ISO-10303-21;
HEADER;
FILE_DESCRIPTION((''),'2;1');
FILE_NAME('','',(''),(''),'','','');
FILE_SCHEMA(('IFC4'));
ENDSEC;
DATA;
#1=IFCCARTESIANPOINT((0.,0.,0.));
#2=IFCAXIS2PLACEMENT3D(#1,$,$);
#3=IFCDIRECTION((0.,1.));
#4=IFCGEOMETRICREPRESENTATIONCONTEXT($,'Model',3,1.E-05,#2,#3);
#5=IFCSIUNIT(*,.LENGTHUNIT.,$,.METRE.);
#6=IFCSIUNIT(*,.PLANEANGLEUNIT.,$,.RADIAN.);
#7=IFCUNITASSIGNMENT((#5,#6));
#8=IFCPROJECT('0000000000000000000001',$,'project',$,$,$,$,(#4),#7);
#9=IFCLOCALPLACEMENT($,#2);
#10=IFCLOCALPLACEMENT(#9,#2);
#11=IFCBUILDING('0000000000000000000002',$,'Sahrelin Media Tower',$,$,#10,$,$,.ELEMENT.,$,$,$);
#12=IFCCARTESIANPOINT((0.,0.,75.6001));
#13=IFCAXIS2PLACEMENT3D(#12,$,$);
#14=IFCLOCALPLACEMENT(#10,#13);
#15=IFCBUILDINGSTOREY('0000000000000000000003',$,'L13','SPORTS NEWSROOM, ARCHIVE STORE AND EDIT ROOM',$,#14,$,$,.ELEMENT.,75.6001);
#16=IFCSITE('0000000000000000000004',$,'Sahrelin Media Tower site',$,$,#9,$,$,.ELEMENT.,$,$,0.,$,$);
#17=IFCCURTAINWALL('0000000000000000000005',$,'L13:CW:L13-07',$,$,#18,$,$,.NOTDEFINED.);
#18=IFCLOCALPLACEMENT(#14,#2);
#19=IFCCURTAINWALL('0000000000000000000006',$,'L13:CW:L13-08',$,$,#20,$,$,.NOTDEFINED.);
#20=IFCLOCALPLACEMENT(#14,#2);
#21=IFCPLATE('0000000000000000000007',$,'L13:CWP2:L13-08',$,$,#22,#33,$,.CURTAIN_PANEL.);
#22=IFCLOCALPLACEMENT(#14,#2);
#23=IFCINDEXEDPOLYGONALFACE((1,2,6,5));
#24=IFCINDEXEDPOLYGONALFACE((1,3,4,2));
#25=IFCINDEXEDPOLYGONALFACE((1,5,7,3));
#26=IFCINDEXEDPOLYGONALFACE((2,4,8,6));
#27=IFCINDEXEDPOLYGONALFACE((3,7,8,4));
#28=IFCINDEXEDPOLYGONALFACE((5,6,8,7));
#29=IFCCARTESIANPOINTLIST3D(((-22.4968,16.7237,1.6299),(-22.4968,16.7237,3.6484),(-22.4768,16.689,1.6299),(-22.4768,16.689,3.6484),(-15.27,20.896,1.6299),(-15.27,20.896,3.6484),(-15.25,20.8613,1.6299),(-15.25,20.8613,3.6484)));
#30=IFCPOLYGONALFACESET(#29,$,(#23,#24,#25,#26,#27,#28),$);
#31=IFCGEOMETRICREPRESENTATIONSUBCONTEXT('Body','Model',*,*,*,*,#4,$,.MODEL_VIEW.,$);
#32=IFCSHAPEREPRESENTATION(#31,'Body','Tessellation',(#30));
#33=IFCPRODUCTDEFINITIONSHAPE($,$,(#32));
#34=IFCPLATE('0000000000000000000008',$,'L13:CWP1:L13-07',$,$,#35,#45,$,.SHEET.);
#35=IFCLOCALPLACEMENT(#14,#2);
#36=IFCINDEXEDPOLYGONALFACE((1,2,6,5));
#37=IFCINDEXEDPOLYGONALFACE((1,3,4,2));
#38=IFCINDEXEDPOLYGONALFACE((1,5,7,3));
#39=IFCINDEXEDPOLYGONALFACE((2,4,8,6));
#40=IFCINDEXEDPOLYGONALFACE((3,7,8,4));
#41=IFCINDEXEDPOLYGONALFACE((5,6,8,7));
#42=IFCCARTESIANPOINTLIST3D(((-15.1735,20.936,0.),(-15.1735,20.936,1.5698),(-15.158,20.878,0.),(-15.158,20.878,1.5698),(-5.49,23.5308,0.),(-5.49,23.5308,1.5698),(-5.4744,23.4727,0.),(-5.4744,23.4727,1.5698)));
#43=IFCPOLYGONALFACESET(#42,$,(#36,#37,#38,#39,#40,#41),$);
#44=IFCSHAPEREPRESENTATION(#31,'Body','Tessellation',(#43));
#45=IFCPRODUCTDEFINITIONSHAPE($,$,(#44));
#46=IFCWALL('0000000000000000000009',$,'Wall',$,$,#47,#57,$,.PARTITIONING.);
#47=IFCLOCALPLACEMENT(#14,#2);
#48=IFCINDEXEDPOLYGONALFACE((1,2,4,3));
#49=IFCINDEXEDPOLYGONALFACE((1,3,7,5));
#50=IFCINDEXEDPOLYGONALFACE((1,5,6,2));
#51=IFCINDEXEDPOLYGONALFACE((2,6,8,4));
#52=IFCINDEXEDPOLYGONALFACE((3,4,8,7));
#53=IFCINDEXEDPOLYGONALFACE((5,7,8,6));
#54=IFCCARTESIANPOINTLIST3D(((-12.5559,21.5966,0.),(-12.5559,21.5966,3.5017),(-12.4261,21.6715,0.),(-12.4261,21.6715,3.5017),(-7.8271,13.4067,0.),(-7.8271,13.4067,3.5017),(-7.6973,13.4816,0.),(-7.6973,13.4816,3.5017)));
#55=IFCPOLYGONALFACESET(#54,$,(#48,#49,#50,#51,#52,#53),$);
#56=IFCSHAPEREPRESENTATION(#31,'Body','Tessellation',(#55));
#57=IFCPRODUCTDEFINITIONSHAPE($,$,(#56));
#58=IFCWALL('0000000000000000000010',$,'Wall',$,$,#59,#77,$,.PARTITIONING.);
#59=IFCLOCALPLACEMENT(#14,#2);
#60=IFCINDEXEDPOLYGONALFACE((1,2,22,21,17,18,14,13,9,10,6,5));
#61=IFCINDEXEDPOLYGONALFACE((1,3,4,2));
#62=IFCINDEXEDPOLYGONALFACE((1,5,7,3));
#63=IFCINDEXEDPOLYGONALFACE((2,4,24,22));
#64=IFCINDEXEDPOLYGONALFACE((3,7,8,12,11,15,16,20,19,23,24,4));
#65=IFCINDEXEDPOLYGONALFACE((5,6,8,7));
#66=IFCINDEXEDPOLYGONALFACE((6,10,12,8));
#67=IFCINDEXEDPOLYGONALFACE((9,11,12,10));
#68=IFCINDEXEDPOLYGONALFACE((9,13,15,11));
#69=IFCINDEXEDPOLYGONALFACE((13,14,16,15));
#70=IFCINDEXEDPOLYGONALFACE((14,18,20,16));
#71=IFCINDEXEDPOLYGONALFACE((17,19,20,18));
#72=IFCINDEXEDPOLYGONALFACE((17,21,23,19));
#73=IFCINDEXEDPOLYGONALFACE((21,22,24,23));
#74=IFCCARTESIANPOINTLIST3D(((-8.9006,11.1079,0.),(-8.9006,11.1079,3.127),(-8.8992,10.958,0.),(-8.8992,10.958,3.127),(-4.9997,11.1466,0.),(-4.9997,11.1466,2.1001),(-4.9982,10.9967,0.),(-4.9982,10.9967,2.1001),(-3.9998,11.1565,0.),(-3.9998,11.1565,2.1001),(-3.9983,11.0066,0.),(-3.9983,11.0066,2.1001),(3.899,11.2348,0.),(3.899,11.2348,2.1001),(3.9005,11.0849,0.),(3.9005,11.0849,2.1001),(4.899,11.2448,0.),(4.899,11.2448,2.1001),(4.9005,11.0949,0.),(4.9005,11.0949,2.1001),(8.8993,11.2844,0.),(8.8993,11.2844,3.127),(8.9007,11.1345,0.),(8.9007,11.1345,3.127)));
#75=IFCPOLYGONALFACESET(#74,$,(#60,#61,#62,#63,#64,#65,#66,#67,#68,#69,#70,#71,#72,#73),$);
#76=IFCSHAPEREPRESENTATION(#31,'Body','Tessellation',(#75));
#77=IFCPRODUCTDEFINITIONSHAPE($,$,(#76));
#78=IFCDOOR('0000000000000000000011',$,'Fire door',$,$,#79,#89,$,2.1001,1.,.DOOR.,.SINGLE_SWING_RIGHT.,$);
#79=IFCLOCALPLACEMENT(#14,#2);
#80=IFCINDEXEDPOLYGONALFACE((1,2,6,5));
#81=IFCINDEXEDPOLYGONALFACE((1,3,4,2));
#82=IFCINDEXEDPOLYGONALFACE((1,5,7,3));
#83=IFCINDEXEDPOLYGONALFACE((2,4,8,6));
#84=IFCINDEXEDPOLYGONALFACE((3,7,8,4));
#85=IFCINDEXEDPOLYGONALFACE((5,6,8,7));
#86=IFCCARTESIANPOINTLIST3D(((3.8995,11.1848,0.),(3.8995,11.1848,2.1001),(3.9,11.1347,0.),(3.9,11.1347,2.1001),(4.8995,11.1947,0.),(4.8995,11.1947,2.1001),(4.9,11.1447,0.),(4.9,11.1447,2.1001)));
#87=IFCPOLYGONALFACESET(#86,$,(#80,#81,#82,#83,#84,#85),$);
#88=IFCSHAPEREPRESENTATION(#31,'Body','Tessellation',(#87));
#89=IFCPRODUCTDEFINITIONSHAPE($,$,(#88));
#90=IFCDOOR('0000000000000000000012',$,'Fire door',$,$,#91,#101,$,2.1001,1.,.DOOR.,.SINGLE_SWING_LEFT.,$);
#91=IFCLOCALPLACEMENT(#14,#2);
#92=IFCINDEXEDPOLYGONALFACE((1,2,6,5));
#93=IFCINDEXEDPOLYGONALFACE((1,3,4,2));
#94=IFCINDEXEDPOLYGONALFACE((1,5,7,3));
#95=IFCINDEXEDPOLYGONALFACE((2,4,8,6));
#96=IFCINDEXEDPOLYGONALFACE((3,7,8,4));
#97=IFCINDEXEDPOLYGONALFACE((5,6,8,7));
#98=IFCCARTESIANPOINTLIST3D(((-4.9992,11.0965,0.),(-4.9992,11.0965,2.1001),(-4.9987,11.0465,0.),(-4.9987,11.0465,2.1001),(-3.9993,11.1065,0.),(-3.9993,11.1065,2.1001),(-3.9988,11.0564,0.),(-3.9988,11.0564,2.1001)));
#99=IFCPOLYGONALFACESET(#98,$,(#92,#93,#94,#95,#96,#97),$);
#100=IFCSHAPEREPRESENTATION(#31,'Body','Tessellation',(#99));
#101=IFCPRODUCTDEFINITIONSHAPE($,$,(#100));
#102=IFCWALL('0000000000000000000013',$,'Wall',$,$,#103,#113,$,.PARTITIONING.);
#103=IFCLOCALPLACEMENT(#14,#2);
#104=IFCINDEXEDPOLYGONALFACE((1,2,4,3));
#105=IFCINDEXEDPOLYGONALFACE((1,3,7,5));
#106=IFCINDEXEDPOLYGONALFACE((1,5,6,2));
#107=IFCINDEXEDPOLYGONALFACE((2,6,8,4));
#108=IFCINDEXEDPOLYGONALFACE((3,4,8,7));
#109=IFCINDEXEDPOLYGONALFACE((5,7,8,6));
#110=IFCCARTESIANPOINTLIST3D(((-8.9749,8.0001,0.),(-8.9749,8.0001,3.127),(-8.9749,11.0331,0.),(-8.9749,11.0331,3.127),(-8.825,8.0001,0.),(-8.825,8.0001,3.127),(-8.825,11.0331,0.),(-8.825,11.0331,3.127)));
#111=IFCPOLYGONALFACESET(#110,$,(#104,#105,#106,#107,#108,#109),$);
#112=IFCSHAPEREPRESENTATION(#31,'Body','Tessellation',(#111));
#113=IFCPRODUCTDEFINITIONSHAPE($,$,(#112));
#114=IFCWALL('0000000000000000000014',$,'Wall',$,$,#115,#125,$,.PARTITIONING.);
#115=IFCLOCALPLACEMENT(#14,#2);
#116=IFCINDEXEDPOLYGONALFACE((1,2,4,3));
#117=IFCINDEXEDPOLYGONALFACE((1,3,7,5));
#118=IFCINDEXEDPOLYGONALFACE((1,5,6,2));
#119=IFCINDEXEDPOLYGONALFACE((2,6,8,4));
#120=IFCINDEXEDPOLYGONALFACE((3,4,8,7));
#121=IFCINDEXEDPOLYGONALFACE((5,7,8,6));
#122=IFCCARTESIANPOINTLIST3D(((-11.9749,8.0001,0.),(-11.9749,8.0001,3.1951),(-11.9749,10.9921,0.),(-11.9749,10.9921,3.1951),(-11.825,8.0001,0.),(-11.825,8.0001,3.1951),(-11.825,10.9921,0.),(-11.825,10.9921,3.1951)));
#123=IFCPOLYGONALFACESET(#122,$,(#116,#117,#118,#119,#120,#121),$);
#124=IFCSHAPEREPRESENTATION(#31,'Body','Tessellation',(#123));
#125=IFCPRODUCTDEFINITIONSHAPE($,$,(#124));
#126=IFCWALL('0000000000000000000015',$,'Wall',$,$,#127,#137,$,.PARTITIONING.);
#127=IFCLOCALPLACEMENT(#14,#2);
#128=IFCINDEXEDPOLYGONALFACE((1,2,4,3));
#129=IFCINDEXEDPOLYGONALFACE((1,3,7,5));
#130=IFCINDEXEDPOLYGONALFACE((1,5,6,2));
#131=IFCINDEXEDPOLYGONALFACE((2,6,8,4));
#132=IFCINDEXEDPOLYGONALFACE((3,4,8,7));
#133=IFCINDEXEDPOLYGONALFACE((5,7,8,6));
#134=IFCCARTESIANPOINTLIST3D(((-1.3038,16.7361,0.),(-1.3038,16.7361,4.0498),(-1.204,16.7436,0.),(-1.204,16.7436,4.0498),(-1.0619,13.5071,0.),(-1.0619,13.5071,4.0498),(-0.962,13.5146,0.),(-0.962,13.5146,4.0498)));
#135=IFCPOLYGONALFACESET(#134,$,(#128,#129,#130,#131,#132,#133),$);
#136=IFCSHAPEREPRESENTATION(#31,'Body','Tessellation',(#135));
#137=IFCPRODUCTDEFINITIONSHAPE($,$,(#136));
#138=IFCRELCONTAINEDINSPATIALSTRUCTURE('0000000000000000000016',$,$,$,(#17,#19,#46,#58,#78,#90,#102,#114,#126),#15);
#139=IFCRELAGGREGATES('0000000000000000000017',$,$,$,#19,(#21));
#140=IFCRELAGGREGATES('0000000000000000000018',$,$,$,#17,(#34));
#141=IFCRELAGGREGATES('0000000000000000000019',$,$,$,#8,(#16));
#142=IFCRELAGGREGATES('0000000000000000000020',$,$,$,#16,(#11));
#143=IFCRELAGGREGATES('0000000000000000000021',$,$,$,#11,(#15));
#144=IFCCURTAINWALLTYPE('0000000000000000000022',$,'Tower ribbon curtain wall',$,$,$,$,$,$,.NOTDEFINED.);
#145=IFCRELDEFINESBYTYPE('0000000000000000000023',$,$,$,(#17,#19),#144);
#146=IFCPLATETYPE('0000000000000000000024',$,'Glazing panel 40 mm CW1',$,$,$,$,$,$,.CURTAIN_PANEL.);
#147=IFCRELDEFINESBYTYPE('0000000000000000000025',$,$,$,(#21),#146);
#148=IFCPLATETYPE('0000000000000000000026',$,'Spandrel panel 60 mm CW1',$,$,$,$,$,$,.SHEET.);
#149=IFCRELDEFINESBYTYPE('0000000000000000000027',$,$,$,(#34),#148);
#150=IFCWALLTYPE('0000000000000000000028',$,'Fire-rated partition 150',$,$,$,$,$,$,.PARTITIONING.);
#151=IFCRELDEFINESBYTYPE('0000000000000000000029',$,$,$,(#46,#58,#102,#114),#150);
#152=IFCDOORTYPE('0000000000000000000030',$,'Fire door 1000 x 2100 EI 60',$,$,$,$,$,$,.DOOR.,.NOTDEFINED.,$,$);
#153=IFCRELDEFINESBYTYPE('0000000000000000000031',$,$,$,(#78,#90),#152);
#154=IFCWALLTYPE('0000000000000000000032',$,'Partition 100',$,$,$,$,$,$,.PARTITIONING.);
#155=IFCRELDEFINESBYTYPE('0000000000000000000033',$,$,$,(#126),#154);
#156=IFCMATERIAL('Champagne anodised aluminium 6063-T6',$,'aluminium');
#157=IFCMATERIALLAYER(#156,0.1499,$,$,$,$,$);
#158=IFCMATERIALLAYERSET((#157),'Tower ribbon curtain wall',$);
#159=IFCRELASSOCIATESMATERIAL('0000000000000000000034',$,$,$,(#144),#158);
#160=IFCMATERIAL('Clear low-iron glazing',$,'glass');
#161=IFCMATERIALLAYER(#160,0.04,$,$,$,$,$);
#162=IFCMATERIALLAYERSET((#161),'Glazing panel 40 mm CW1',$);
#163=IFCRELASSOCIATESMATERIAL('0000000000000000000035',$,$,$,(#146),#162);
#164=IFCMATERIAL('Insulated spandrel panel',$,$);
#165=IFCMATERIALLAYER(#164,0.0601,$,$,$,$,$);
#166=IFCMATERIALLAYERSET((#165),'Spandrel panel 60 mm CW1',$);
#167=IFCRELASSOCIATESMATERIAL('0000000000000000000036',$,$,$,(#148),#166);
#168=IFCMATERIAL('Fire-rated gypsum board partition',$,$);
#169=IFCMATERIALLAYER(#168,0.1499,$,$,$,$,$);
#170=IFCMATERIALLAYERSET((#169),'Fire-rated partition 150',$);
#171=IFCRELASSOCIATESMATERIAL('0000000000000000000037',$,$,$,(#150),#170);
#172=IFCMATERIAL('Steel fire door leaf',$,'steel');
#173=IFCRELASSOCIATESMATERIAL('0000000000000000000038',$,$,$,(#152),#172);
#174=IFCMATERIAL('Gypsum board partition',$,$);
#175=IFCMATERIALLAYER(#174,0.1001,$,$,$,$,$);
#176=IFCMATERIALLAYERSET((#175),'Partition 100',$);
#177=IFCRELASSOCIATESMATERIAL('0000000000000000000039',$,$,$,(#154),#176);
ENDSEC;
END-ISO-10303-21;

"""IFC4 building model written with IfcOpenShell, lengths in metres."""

from ifc_helpers import new_model, si_unit, direction, frame, frame_2d, origin, place, context, subcontext, project, spatial, polyline, rectangle, outline, extrude, material, layer, layer_set, type_object, element, fill, aggregate, save


model = new_model("IFC4")

# Units and contexts
model_context = context("Model", 3, precision=1e-05, world=origin(), true_north=direction((0.0, 1.0)))
body_context = subcontext(model_context, "Body", "Model", "MODEL_VIEW")
ifc_project = project(units=[si_unit("LENGTHUNIT", "METRE"), si_unit("PLANEANGLEUNIT", "RADIAN")], contexts=[model_context])

# Site, building, storey
site_placement = place(None, origin())
site = spatial("IfcSite", under=ifc_project, at=site_placement, Name="Sahrelin Media Tower site", CompositionType="ELEMENT", RefElevation=0.0)
building_placement = place(site_placement, origin())
building = spatial("IfcBuilding", under=site, at=building_placement, Name="Sahrelin Media Tower", CompositionType="ELEMENT")
storey_placement = place(building_placement, frame((0.0, 0.0, 75.6001)))
storey = spatial("IfcBuildingStorey", under=building, at=storey_placement, Name="L13", Description="SPORTS NEWSROOM, ARCHIVE STORE AND EDIT ROOM", CompositionType="ELEMENT", Elevation=75.6001)

# Curtain wall
ifc_material_1 = material(Name="Champagne anodised aluminium 6063-T6", Category="aluminium")
ifc_layer_1 = layer(ifc_material_1, 0.1499)
ifc_layer_set_1 = layer_set([ifc_layer_1], Name="Tower ribbon curtain wall")
curtain_wall_type = type_object("IfcCurtainWallType", Name="Tower ribbon curtain wall", PredefinedType="NOTDEFINED", material=ifc_layer_set_1)
curtain_wall_1_placement = place(storey_placement, frame((-10.3267, 22.2141, 0.0), z_axis=(0.0, 0.0, 1.0), x_axis=(1.0, 0.0, 0.0)))
curtain_wall_1 = element("IfcCurtainWall", 1, at=curtain_wall_1_placement, inside=storey, type_object=curtain_wall_type, Name="L13:CW:L13-07", PredefinedType="NOTDEFINED")

# Curtain wall
curtain_wall_2_placement = place(storey_placement, frame((-18.8733, 18.7925, 0.0), z_axis=(0.0, 0.0, 1.0), x_axis=(1.0, 0.0, 0.0)))
curtain_wall_2 = element("IfcCurtainWall", 2, at=curtain_wall_2_placement, inside=storey, type_object=curtain_wall_type, Name="L13:CW:L13-08", PredefinedType="NOTDEFINED")

# Plates
ifc_material_2 = material(Name="Clear low-iron glazing", Category="glass")
ifc_layer_2 = layer(ifc_material_2, 0.04)
ifc_layer_set_2 = layer_set([ifc_layer_2], Name="Glazing panel 40 mm CW1")
plate_type_1 = type_object("IfcPlateType", Name="Glazing panel 40 mm CW1", PredefinedType="CURTAIN_PANEL", material=ifc_layer_set_2)
plate_1_placement = place(storey_placement, frame((-15.27, 20.896, 1.6299), z_axis=(-0.499997, 0.866027, 0.0), x_axis=(-0.866027, -0.499997, 0.0)))
plate_1 = element("IfcPlate", 3, at=plate_1_placement, type_object=plate_type_1, Name="L13:CWP2:L13-08", PredefinedType="CURTAIN_PANEL", context=body_context, shape_type="SweptSolid", body=[
    extrude(outline(polyline([(0.0, 0.0), (8.3447, 0.0), (8.3447, 2.0186), (0.0, 2.0186), (0.0, 0.0)])), origin(), (0.0, 0.0, -1.0), 0.04),
])
aggregate(curtain_wall_2, [plate_1])
ifc_material_3 = material(Name="Insulated spandrel panel")
ifc_layer_3 = layer(ifc_material_3, 0.0601)
ifc_layer_set_3 = layer_set([ifc_layer_3], Name="Spandrel panel 60 mm CW1")
plate_type_2 = type_object("IfcPlateType", Name="Spandrel panel 60 mm CW1", PredefinedType="SHEET", material=ifc_layer_set_3)
plate_2_placement = place(storey_placement, frame((-5.49, 23.5308, 0.0), z_axis=(-0.25882, 0.965925, 0.0), x_axis=(-0.965925, -0.25882, 0.0)))
plate_2 = element("IfcPlate", 4, at=plate_2_placement, type_object=plate_type_2, Name="L13:CWP1:L13-07", PredefinedType="SHEET", context=body_context, shape_type="SweptSolid", body=[
    extrude(outline(polyline([(0.0, 0.0), (10.0251, 0.0), (10.0251, 1.5698), (0.0, 1.5698), (0.0, 0.0)])), origin(), (0.0, 0.0, -1.0), 0.0601),
])
aggregate(curtain_wall_1, [plate_2])

# Wall
ifc_material_4 = material(Name="Fire-rated gypsum board partition")
ifc_layer_4 = layer(ifc_material_4, 0.1499)
ifc_layer_set_4 = layer_set([ifc_layer_4], Name="Fire-rated partition 150")
wall_type_1 = type_object("IfcWallType", Name="Fire-rated partition 150", PredefinedType="PARTITIONING", material=ifc_layer_set_4)
wall_1_placement = place(storey_placement, frame((-12.491, 21.634, 0.0), z_axis=(0.0, 0.0, 1.0), x_axis=(0.500023, -0.866012, 0.0)))
element("IfcWall", 5, at=wall_1_placement, inside=storey, type_object=wall_type_1, Name="Wall", PredefinedType="PARTITIONING", context=body_context, shape_type="SweptSolid", body=[
    extrude(rectangle(XDim=9.457, YDim=0.1499, at=frame_2d((4.7285, 0.0))), origin(), (0.0, 0.0, 1.0), 3.5017),
])

# Wall, openings, doors
wall_2_placement = place(storey_placement, frame((-8.8999, 11.033, 0.0), z_axis=(0.0, 0.0, 1.0), x_axis=(0.999951, 0.009916, 0.0)))
wall_2 = element("IfcWall", 6, at=wall_2_placement, inside=storey, type_object=wall_type_1, Name="Wall", PredefinedType="PARTITIONING", context=body_context, shape_type="SweptSolid", body=[
    extrude(rectangle(XDim=17.8008, YDim=0.1499, at=frame_2d((8.9004, 0.0))), origin(), (0.0, 0.0, 1.0), 3.127),
])
opening_1_placement = place(wall_2_placement, frame((12.8003, 0.0, 0.0)))
opening_1 = element("IfcOpeningElement", 7, at=opening_1_placement, cuts=wall_2, PredefinedType="OPENING", context=body_context, shape_type="SweptSolid", body=[
    extrude(rectangle(XDim=1.0, YDim=2.1001, at=frame_2d((0.5, 1.05))), frame((0.0, 0.075, 0.0), z_axis=(0.0, -1.0, 0.0), x_axis=(1.0, 0.0, 0.0)), (0.0, 0.0, 1.0), 0.1499),
])
opening_2_placement = place(wall_2_placement, frame((3.9011, 0.0, 0.0)))
opening_2 = element("IfcOpeningElement", 8, at=opening_2_placement, cuts=wall_2, PredefinedType="OPENING", context=body_context, shape_type="SweptSolid", body=[
    extrude(rectangle(XDim=1.0, YDim=2.1001, at=frame_2d((0.5, 1.05))), frame((0.0, 0.075, 0.0), z_axis=(0.0, -1.0, 0.0), x_axis=(1.0, 0.0, 0.0)), (0.0, 0.0, 1.0), 0.1499),
])
ifc_material_5 = material(Name="Steel fire door leaf", Category="steel")
door_type = type_object("IfcDoorType", Name="Fire door 1000 x 2100 EI 60", OperationType="NOTDEFINED", PredefinedType="DOOR", material=ifc_material_5)
door_1_placement = place(opening_1_placement, origin())
door_1 = element("IfcDoor", 9, at=door_1_placement, inside=storey, type_object=door_type, Name="Fire door", OperationType="SINGLE_SWING_RIGHT", OverallHeight=2.1001, OverallWidth=1.0, PredefinedType="DOOR", context=body_context, shape_type="SweptSolid", body=[
    extrude(rectangle(XDim=1.0, YDim=2.1001, at=frame_2d((0.5, 1.05))), frame((0.0, 0.0249, 0.0), z_axis=(0.0, -1.0, 0.0), x_axis=(1.0, 0.0, 0.0)), (0.0, 0.0, 1.0), 0.05),
])
fill(opening_1, door_1)
door_2_placement = place(opening_2_placement, origin())
door_2 = element("IfcDoor", 10, at=door_2_placement, inside=storey, type_object=door_type, Name="Fire door", OperationType="SINGLE_SWING_LEFT", OverallHeight=2.1001, OverallWidth=1.0, PredefinedType="DOOR", context=body_context, shape_type="SweptSolid", body=[
    extrude(rectangle(XDim=1.0, YDim=2.1001, at=frame_2d((0.5, 1.05))), frame((0.0, 0.0249, 0.0), z_axis=(0.0, -1.0, 0.0), x_axis=(1.0, 0.0, 0.0)), (0.0, 0.0, 1.0), 0.05),
])
fill(opening_2, door_2)

# Walls
wall_3_placement = place(storey_placement, frame((-8.8999, 8.0, 0.0), z_axis=(0.0, 0.0, 1.0), x_axis=(0.0, 1.0, 0.0)))
element("IfcWall", 11, at=wall_3_placement, inside=storey, type_object=wall_type_1, Name="Wall", PredefinedType="PARTITIONING", context=body_context, shape_type="SweptSolid", body=[
    extrude(rectangle(XDim=3.033, YDim=0.1499, at=frame_2d((1.5166, 0.0))), origin(), (0.0, 0.0, 1.0), 3.127),
])
wall_4_placement = place(storey_placement, frame((-11.8999, 8.0, 0.0), z_axis=(0.0, 0.0, 1.0), x_axis=(0.0, 1.0, 0.0)))
element("IfcWall", 12, at=wall_4_placement, inside=storey, type_object=wall_type_1, Name="Wall", PredefinedType="PARTITIONING", context=body_context, shape_type="SweptSolid", body=[
    extrude(rectangle(XDim=2.9919, YDim=0.1499, at=frame_2d((1.4961, 0.0))), origin(), (0.0, 0.0, 1.0), 3.1951),
])
ifc_material_6 = material(Name="Gypsum board partition")
ifc_layer_5 = layer(ifc_material_6, 0.1001)
ifc_layer_set_5 = layer_set([ifc_layer_5], Name="Partition 100")
wall_type_2 = type_object("IfcWallType", Name="Partition 100", PredefinedType="PARTITIONING", material=ifc_layer_set_5)
wall_5_placement = place(storey_placement, frame((-1.2539, 16.74, 0.0), z_axis=(0.0, 0.0, 1.0), x_axis=(0.074719, -0.997205, 0.0)))
element("IfcWall", 13, at=wall_5_placement, inside=storey, type_object=wall_type_2, Name="Wall", PredefinedType="PARTITIONING", context=body_context, shape_type="SweptSolid", body=[
    extrude(rectangle(XDim=3.238, YDim=0.1001, at=frame_2d((1.6191, 0.0))), origin(), (0.0, 0.0, 1.0), 4.0498),
])

save(model, "model.ifc")
